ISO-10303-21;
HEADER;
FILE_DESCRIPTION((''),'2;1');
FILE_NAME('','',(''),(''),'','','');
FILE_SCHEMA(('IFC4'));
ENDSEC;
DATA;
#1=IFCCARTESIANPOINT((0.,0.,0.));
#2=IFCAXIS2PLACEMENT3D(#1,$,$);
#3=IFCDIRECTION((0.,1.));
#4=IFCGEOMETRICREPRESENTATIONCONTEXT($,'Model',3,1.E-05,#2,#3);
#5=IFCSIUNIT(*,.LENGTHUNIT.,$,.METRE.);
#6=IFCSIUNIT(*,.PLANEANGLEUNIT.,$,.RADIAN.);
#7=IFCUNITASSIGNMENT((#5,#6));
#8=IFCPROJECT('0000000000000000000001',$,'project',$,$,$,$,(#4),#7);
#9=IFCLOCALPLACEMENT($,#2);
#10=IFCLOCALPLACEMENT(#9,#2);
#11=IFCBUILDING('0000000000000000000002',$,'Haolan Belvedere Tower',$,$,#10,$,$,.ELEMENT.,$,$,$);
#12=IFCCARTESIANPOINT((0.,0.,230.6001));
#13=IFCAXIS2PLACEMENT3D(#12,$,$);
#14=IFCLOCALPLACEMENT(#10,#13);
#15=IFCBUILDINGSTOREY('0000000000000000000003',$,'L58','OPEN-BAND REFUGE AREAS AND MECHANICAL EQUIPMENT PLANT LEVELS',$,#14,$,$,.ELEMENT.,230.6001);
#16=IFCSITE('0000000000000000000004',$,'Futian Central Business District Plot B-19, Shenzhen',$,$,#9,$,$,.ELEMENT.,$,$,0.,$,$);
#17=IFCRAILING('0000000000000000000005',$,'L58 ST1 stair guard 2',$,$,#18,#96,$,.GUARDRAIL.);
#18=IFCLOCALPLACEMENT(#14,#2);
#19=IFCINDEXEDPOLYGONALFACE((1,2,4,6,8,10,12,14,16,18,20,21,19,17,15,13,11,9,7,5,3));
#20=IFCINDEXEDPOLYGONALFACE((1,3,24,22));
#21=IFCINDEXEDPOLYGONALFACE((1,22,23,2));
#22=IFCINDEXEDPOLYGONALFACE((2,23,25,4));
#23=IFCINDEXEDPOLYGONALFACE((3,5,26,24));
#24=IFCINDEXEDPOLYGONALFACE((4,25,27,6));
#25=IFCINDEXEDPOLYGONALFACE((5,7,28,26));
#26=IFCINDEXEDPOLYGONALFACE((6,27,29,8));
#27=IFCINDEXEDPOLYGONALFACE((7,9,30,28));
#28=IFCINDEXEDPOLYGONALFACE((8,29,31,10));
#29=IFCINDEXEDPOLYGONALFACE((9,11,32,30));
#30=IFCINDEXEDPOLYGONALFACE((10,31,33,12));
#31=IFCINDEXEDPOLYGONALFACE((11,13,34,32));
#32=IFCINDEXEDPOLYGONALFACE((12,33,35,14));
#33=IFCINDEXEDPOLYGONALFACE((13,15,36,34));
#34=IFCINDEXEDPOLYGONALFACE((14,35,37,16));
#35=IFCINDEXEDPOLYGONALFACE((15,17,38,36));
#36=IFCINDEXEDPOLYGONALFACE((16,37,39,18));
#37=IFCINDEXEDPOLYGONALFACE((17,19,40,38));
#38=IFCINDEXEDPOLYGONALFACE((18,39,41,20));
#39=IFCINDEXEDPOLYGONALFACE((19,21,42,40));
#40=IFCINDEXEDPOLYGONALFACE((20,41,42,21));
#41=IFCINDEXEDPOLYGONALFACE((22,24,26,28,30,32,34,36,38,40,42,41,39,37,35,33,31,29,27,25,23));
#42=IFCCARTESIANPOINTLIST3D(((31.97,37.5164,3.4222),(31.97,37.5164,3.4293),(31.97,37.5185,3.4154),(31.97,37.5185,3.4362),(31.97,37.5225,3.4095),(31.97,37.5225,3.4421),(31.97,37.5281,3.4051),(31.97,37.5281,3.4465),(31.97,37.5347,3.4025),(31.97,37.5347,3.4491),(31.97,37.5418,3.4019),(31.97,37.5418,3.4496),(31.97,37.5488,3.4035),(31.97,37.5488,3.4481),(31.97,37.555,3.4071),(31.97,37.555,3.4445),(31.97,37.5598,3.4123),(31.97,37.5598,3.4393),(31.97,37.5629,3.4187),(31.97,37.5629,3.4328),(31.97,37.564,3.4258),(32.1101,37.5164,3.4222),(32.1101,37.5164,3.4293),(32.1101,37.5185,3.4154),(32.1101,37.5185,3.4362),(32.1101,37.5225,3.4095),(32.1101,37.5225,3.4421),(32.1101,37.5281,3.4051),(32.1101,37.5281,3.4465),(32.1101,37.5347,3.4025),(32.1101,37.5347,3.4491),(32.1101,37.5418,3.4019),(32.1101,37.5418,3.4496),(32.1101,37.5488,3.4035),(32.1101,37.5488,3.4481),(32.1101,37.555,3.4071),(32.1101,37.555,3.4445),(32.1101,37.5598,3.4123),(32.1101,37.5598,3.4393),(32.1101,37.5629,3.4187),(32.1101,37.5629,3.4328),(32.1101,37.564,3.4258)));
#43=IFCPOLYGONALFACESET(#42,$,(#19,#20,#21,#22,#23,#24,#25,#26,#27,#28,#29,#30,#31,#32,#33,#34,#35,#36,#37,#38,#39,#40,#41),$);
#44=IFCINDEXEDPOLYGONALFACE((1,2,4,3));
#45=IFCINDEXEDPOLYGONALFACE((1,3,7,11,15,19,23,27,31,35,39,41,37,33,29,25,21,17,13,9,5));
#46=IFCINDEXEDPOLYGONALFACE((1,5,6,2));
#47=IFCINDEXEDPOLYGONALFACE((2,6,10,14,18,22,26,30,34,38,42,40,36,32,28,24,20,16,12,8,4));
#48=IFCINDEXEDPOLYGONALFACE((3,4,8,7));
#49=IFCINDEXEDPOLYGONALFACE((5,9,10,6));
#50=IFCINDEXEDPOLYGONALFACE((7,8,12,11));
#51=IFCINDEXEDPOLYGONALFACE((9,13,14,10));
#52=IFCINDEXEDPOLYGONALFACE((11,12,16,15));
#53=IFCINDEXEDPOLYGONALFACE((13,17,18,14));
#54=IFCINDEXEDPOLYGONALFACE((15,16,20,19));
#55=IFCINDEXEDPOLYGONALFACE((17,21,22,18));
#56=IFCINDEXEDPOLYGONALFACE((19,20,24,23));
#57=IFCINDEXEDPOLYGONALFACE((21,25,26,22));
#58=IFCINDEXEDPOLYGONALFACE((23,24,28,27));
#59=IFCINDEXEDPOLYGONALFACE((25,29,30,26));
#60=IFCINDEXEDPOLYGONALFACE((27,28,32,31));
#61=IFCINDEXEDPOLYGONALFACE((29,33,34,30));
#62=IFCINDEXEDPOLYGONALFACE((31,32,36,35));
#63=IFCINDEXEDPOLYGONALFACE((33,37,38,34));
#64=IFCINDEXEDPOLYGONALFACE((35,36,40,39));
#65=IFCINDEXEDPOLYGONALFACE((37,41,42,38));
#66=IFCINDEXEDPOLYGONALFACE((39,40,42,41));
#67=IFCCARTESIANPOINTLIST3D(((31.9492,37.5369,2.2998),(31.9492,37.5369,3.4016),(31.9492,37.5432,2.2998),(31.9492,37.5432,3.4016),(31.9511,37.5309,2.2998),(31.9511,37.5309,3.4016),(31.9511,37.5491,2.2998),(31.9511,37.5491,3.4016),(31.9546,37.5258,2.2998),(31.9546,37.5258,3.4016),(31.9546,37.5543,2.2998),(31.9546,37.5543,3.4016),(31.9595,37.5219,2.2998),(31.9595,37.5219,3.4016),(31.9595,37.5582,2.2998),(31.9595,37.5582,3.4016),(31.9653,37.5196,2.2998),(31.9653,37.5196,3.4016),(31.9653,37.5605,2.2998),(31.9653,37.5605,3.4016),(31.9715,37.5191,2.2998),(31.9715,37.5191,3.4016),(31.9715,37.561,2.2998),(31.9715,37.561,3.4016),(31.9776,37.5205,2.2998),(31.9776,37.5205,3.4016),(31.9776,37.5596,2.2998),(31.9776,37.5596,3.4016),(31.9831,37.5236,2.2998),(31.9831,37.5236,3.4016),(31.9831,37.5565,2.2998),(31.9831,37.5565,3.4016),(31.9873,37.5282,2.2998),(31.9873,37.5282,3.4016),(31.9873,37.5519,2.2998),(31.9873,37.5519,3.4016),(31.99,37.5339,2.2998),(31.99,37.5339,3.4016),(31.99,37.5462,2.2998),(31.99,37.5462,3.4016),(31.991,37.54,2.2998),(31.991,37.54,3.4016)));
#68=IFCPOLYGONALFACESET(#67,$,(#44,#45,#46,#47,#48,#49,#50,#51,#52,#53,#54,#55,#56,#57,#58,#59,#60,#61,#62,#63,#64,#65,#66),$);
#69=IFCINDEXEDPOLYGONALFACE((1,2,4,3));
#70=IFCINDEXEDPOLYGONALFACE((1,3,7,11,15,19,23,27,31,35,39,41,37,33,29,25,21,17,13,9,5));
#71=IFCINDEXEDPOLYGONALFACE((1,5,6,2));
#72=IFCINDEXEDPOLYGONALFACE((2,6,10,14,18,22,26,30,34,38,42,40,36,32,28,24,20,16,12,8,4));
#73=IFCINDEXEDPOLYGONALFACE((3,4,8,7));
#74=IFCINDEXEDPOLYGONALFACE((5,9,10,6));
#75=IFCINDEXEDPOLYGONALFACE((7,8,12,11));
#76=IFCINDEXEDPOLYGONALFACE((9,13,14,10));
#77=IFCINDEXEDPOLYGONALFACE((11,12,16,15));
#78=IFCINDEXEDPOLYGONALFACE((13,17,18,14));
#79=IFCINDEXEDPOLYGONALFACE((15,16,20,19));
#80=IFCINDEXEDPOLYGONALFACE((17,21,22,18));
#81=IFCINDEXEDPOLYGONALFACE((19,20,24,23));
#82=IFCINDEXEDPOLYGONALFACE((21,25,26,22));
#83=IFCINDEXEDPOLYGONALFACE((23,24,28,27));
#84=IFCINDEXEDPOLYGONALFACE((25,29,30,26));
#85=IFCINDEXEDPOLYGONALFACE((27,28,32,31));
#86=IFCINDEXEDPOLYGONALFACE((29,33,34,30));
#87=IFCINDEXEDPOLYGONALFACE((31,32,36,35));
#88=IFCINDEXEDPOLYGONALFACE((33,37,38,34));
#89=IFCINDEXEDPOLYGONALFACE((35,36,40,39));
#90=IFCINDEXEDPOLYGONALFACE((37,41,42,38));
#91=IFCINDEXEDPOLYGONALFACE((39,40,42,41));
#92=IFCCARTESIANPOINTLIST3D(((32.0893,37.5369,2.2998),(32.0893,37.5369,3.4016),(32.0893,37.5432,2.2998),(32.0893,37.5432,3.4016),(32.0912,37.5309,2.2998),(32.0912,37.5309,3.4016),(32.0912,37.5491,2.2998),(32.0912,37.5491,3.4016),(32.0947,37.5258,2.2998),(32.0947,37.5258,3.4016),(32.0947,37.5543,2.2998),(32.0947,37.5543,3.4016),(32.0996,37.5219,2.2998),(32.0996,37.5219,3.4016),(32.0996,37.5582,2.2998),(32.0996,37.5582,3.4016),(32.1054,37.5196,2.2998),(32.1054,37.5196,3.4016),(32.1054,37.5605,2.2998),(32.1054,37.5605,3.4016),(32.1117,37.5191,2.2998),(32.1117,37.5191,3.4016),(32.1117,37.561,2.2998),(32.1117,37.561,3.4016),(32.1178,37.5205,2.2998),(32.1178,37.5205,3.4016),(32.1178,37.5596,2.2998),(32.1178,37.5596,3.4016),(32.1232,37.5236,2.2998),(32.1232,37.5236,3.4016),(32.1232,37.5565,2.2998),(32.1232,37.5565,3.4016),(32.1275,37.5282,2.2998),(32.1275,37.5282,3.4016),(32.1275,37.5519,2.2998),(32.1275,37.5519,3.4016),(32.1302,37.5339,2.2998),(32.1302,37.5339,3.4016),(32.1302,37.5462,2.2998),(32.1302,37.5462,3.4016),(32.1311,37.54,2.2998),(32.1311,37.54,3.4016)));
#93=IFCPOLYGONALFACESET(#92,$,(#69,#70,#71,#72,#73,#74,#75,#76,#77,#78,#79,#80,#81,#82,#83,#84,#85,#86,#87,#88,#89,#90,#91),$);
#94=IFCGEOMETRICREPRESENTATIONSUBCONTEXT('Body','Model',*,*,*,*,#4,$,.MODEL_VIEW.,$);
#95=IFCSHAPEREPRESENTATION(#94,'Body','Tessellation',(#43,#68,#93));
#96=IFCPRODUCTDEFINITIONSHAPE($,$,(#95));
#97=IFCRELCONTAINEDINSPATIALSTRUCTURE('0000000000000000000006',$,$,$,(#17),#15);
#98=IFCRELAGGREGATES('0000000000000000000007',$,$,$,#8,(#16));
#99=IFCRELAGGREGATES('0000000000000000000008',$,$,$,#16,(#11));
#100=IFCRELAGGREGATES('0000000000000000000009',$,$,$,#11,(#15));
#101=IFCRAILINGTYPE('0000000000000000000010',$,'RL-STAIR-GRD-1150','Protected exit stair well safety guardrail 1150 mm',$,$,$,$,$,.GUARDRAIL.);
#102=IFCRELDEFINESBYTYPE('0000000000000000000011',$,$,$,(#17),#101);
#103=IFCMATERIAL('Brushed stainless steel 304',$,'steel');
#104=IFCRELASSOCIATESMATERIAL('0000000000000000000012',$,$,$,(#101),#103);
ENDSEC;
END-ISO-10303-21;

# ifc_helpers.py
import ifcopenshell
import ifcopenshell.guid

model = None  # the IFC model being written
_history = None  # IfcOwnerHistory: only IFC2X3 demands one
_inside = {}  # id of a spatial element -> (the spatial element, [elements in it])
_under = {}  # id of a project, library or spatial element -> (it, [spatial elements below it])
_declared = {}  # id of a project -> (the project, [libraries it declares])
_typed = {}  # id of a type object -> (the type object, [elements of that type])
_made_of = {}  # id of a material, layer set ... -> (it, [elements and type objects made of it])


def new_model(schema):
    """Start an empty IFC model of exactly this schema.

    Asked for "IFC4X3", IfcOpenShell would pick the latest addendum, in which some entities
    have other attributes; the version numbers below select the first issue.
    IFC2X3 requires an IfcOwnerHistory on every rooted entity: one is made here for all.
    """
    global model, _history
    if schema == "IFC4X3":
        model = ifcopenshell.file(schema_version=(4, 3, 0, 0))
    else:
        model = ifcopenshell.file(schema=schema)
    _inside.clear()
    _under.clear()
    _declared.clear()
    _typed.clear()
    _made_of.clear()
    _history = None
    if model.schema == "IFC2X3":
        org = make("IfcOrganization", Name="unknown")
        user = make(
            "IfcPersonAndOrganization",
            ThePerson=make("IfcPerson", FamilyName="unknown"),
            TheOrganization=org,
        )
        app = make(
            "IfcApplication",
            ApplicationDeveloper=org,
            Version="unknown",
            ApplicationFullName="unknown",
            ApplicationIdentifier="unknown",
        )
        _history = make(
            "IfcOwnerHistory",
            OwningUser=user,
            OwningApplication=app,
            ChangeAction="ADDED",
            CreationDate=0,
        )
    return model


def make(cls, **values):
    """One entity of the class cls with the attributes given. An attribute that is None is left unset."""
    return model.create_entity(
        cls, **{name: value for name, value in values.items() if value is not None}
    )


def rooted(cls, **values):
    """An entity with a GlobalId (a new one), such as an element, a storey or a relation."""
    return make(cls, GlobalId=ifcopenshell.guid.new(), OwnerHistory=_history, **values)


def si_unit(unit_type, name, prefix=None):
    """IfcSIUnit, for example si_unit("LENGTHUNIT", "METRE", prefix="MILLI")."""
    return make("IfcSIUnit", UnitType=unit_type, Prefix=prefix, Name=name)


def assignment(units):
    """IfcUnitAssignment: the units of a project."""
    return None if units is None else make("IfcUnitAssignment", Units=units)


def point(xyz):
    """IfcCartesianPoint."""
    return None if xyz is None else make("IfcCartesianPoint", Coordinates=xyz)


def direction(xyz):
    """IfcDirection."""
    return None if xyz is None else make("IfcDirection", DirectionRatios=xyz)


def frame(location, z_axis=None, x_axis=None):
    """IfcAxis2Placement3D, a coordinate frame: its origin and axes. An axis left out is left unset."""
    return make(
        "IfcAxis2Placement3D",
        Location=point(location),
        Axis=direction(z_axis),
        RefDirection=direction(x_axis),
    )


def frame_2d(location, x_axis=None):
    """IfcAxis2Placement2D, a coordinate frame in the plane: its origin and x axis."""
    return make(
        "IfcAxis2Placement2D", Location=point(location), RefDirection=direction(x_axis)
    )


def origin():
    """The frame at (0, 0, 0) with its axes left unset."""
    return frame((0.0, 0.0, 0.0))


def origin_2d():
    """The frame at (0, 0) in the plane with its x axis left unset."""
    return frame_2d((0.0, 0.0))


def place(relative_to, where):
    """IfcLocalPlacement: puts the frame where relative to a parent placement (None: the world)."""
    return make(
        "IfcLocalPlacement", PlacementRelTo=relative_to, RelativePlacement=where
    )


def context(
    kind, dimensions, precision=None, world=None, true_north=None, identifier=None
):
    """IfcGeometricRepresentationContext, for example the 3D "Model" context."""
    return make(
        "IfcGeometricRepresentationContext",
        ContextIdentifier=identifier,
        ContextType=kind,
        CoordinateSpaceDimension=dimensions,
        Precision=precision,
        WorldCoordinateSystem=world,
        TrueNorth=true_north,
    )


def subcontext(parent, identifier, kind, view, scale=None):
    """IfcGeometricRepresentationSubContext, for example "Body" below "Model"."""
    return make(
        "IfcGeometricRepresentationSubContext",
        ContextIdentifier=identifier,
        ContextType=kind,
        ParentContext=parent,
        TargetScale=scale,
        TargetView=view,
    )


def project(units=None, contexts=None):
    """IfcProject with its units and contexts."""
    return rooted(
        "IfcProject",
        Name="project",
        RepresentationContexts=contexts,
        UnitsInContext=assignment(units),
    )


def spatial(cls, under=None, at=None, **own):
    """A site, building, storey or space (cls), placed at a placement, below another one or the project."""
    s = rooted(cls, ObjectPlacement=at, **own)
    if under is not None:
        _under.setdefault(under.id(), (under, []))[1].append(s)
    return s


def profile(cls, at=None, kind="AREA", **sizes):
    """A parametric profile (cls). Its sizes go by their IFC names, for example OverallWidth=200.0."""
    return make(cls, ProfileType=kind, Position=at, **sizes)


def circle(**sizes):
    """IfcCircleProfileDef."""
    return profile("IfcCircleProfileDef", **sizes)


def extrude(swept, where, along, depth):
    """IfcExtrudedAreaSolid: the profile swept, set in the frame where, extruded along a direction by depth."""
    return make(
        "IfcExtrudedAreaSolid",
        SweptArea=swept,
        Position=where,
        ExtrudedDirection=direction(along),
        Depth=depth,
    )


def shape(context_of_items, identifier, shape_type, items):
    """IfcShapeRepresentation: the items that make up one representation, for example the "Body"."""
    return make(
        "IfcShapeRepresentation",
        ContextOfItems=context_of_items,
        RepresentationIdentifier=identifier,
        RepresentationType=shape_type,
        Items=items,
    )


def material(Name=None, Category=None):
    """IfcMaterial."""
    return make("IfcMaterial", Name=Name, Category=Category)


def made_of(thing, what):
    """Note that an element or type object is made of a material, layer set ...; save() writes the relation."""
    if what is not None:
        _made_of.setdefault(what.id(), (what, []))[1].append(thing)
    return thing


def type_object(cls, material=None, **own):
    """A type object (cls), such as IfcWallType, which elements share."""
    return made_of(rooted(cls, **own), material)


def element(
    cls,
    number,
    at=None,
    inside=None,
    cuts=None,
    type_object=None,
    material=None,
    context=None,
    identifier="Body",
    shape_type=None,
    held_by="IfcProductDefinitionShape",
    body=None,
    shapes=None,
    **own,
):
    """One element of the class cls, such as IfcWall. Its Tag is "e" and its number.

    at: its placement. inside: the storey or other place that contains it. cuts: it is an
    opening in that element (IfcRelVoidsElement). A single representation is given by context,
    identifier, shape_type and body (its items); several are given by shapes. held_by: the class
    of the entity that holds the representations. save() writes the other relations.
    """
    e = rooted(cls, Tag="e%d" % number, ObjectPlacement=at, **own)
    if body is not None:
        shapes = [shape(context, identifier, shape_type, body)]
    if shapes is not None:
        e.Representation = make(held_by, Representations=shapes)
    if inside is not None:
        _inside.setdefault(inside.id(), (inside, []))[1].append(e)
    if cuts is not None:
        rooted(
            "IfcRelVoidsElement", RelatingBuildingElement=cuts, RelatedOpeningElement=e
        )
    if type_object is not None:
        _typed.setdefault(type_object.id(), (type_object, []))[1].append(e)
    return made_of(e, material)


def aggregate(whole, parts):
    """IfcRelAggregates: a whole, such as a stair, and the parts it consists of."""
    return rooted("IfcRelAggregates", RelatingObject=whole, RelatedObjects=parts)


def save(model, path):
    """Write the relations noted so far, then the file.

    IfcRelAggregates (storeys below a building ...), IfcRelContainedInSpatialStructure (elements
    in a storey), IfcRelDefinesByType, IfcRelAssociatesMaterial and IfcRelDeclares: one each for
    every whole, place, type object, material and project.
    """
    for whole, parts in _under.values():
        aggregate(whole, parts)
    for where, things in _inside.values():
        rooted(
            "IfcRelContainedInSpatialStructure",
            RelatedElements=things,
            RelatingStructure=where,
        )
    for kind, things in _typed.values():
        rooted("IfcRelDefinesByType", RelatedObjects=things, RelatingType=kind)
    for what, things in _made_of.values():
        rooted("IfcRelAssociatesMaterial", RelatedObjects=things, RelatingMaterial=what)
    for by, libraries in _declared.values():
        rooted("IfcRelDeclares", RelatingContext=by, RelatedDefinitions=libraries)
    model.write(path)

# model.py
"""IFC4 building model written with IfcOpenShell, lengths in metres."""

from ifc_helpers import new_model, si_unit, direction, frame, origin, origin_2d, place, context, subcontext, project, spatial, circle, extrude, material, type_object, element, save


model = new_model("IFC4")

# Units and contexts
model_context = context("Model", 3, precision=1e-05, world=origin(), true_north=direction((0.0, 1.0)))
body_context = subcontext(model_context, "Body", "Model", "MODEL_VIEW")
ifc_project = project(units=[si_unit("LENGTHUNIT", "METRE"), si_unit("PLANEANGLEUNIT", "RADIAN")], contexts=[model_context])

# Site, building, storey
site_placement = place(None, origin())
site = spatial("IfcSite", under=ifc_project, at=site_placement, Name="Futian Central Business District Plot B-19, Shenzhen", CompositionType="ELEMENT", RefElevation=0.0)
building_placement = place(site_placement, origin())
building = spatial("IfcBuilding", under=site, at=building_placement, Name="Haolan Belvedere Tower", CompositionType="ELEMENT")
storey_placement = place(building_placement, frame((0.0, 0.0, 230.6001)))
storey = spatial("IfcBuildingStorey", under=building, at=storey_placement, Name="L58", Description="OPEN-BAND REFUGE AREAS AND MECHANICAL EQUIPMENT PLANT LEVELS", CompositionType="ELEMENT", Elevation=230.6001)

# Railing
ifc_material_1 = material(Name="Brushed stainless steel 304", Category="steel")
railing_type_1 = type_object("IfcRailingType", Name="RL-STAIR-GRD-1150", Description="Protected exit stair well safety guardrail 1150 mm", PredefinedType="GUARDRAIL", material=ifc_material_1)
railing_1_placement = place(storey_placement, frame((31.97, 37.54, 2.2998)))
element("IfcRailing", 1, at=railing_1_placement, inside=storey, type_object=railing_type_1, Name="L58 ST1 stair guard 2", PredefinedType="GUARDRAIL", context=body_context, shape_type="SweptSolid", body=[
    extrude(circle(Radius=0.0239, at=origin_2d()), frame((0.0, 0.0, 1.126), z_axis=(1.0, 0.0, 0.0), x_axis=(0.0, 1.0, 0.0)), (0.0, 0.0, 1.0), 0.1401),
    extrude(circle(Radius=0.021, at=origin_2d()), origin(), (0.0, 0.0, 1.0), 1.1018),
    extrude(circle(Radius=0.021, at=origin_2d()), frame((0.1401, 0.0, 0.0)), (0.0, 0.0, 1.0), 1.1018),
])

save(model, "model.ifc")
